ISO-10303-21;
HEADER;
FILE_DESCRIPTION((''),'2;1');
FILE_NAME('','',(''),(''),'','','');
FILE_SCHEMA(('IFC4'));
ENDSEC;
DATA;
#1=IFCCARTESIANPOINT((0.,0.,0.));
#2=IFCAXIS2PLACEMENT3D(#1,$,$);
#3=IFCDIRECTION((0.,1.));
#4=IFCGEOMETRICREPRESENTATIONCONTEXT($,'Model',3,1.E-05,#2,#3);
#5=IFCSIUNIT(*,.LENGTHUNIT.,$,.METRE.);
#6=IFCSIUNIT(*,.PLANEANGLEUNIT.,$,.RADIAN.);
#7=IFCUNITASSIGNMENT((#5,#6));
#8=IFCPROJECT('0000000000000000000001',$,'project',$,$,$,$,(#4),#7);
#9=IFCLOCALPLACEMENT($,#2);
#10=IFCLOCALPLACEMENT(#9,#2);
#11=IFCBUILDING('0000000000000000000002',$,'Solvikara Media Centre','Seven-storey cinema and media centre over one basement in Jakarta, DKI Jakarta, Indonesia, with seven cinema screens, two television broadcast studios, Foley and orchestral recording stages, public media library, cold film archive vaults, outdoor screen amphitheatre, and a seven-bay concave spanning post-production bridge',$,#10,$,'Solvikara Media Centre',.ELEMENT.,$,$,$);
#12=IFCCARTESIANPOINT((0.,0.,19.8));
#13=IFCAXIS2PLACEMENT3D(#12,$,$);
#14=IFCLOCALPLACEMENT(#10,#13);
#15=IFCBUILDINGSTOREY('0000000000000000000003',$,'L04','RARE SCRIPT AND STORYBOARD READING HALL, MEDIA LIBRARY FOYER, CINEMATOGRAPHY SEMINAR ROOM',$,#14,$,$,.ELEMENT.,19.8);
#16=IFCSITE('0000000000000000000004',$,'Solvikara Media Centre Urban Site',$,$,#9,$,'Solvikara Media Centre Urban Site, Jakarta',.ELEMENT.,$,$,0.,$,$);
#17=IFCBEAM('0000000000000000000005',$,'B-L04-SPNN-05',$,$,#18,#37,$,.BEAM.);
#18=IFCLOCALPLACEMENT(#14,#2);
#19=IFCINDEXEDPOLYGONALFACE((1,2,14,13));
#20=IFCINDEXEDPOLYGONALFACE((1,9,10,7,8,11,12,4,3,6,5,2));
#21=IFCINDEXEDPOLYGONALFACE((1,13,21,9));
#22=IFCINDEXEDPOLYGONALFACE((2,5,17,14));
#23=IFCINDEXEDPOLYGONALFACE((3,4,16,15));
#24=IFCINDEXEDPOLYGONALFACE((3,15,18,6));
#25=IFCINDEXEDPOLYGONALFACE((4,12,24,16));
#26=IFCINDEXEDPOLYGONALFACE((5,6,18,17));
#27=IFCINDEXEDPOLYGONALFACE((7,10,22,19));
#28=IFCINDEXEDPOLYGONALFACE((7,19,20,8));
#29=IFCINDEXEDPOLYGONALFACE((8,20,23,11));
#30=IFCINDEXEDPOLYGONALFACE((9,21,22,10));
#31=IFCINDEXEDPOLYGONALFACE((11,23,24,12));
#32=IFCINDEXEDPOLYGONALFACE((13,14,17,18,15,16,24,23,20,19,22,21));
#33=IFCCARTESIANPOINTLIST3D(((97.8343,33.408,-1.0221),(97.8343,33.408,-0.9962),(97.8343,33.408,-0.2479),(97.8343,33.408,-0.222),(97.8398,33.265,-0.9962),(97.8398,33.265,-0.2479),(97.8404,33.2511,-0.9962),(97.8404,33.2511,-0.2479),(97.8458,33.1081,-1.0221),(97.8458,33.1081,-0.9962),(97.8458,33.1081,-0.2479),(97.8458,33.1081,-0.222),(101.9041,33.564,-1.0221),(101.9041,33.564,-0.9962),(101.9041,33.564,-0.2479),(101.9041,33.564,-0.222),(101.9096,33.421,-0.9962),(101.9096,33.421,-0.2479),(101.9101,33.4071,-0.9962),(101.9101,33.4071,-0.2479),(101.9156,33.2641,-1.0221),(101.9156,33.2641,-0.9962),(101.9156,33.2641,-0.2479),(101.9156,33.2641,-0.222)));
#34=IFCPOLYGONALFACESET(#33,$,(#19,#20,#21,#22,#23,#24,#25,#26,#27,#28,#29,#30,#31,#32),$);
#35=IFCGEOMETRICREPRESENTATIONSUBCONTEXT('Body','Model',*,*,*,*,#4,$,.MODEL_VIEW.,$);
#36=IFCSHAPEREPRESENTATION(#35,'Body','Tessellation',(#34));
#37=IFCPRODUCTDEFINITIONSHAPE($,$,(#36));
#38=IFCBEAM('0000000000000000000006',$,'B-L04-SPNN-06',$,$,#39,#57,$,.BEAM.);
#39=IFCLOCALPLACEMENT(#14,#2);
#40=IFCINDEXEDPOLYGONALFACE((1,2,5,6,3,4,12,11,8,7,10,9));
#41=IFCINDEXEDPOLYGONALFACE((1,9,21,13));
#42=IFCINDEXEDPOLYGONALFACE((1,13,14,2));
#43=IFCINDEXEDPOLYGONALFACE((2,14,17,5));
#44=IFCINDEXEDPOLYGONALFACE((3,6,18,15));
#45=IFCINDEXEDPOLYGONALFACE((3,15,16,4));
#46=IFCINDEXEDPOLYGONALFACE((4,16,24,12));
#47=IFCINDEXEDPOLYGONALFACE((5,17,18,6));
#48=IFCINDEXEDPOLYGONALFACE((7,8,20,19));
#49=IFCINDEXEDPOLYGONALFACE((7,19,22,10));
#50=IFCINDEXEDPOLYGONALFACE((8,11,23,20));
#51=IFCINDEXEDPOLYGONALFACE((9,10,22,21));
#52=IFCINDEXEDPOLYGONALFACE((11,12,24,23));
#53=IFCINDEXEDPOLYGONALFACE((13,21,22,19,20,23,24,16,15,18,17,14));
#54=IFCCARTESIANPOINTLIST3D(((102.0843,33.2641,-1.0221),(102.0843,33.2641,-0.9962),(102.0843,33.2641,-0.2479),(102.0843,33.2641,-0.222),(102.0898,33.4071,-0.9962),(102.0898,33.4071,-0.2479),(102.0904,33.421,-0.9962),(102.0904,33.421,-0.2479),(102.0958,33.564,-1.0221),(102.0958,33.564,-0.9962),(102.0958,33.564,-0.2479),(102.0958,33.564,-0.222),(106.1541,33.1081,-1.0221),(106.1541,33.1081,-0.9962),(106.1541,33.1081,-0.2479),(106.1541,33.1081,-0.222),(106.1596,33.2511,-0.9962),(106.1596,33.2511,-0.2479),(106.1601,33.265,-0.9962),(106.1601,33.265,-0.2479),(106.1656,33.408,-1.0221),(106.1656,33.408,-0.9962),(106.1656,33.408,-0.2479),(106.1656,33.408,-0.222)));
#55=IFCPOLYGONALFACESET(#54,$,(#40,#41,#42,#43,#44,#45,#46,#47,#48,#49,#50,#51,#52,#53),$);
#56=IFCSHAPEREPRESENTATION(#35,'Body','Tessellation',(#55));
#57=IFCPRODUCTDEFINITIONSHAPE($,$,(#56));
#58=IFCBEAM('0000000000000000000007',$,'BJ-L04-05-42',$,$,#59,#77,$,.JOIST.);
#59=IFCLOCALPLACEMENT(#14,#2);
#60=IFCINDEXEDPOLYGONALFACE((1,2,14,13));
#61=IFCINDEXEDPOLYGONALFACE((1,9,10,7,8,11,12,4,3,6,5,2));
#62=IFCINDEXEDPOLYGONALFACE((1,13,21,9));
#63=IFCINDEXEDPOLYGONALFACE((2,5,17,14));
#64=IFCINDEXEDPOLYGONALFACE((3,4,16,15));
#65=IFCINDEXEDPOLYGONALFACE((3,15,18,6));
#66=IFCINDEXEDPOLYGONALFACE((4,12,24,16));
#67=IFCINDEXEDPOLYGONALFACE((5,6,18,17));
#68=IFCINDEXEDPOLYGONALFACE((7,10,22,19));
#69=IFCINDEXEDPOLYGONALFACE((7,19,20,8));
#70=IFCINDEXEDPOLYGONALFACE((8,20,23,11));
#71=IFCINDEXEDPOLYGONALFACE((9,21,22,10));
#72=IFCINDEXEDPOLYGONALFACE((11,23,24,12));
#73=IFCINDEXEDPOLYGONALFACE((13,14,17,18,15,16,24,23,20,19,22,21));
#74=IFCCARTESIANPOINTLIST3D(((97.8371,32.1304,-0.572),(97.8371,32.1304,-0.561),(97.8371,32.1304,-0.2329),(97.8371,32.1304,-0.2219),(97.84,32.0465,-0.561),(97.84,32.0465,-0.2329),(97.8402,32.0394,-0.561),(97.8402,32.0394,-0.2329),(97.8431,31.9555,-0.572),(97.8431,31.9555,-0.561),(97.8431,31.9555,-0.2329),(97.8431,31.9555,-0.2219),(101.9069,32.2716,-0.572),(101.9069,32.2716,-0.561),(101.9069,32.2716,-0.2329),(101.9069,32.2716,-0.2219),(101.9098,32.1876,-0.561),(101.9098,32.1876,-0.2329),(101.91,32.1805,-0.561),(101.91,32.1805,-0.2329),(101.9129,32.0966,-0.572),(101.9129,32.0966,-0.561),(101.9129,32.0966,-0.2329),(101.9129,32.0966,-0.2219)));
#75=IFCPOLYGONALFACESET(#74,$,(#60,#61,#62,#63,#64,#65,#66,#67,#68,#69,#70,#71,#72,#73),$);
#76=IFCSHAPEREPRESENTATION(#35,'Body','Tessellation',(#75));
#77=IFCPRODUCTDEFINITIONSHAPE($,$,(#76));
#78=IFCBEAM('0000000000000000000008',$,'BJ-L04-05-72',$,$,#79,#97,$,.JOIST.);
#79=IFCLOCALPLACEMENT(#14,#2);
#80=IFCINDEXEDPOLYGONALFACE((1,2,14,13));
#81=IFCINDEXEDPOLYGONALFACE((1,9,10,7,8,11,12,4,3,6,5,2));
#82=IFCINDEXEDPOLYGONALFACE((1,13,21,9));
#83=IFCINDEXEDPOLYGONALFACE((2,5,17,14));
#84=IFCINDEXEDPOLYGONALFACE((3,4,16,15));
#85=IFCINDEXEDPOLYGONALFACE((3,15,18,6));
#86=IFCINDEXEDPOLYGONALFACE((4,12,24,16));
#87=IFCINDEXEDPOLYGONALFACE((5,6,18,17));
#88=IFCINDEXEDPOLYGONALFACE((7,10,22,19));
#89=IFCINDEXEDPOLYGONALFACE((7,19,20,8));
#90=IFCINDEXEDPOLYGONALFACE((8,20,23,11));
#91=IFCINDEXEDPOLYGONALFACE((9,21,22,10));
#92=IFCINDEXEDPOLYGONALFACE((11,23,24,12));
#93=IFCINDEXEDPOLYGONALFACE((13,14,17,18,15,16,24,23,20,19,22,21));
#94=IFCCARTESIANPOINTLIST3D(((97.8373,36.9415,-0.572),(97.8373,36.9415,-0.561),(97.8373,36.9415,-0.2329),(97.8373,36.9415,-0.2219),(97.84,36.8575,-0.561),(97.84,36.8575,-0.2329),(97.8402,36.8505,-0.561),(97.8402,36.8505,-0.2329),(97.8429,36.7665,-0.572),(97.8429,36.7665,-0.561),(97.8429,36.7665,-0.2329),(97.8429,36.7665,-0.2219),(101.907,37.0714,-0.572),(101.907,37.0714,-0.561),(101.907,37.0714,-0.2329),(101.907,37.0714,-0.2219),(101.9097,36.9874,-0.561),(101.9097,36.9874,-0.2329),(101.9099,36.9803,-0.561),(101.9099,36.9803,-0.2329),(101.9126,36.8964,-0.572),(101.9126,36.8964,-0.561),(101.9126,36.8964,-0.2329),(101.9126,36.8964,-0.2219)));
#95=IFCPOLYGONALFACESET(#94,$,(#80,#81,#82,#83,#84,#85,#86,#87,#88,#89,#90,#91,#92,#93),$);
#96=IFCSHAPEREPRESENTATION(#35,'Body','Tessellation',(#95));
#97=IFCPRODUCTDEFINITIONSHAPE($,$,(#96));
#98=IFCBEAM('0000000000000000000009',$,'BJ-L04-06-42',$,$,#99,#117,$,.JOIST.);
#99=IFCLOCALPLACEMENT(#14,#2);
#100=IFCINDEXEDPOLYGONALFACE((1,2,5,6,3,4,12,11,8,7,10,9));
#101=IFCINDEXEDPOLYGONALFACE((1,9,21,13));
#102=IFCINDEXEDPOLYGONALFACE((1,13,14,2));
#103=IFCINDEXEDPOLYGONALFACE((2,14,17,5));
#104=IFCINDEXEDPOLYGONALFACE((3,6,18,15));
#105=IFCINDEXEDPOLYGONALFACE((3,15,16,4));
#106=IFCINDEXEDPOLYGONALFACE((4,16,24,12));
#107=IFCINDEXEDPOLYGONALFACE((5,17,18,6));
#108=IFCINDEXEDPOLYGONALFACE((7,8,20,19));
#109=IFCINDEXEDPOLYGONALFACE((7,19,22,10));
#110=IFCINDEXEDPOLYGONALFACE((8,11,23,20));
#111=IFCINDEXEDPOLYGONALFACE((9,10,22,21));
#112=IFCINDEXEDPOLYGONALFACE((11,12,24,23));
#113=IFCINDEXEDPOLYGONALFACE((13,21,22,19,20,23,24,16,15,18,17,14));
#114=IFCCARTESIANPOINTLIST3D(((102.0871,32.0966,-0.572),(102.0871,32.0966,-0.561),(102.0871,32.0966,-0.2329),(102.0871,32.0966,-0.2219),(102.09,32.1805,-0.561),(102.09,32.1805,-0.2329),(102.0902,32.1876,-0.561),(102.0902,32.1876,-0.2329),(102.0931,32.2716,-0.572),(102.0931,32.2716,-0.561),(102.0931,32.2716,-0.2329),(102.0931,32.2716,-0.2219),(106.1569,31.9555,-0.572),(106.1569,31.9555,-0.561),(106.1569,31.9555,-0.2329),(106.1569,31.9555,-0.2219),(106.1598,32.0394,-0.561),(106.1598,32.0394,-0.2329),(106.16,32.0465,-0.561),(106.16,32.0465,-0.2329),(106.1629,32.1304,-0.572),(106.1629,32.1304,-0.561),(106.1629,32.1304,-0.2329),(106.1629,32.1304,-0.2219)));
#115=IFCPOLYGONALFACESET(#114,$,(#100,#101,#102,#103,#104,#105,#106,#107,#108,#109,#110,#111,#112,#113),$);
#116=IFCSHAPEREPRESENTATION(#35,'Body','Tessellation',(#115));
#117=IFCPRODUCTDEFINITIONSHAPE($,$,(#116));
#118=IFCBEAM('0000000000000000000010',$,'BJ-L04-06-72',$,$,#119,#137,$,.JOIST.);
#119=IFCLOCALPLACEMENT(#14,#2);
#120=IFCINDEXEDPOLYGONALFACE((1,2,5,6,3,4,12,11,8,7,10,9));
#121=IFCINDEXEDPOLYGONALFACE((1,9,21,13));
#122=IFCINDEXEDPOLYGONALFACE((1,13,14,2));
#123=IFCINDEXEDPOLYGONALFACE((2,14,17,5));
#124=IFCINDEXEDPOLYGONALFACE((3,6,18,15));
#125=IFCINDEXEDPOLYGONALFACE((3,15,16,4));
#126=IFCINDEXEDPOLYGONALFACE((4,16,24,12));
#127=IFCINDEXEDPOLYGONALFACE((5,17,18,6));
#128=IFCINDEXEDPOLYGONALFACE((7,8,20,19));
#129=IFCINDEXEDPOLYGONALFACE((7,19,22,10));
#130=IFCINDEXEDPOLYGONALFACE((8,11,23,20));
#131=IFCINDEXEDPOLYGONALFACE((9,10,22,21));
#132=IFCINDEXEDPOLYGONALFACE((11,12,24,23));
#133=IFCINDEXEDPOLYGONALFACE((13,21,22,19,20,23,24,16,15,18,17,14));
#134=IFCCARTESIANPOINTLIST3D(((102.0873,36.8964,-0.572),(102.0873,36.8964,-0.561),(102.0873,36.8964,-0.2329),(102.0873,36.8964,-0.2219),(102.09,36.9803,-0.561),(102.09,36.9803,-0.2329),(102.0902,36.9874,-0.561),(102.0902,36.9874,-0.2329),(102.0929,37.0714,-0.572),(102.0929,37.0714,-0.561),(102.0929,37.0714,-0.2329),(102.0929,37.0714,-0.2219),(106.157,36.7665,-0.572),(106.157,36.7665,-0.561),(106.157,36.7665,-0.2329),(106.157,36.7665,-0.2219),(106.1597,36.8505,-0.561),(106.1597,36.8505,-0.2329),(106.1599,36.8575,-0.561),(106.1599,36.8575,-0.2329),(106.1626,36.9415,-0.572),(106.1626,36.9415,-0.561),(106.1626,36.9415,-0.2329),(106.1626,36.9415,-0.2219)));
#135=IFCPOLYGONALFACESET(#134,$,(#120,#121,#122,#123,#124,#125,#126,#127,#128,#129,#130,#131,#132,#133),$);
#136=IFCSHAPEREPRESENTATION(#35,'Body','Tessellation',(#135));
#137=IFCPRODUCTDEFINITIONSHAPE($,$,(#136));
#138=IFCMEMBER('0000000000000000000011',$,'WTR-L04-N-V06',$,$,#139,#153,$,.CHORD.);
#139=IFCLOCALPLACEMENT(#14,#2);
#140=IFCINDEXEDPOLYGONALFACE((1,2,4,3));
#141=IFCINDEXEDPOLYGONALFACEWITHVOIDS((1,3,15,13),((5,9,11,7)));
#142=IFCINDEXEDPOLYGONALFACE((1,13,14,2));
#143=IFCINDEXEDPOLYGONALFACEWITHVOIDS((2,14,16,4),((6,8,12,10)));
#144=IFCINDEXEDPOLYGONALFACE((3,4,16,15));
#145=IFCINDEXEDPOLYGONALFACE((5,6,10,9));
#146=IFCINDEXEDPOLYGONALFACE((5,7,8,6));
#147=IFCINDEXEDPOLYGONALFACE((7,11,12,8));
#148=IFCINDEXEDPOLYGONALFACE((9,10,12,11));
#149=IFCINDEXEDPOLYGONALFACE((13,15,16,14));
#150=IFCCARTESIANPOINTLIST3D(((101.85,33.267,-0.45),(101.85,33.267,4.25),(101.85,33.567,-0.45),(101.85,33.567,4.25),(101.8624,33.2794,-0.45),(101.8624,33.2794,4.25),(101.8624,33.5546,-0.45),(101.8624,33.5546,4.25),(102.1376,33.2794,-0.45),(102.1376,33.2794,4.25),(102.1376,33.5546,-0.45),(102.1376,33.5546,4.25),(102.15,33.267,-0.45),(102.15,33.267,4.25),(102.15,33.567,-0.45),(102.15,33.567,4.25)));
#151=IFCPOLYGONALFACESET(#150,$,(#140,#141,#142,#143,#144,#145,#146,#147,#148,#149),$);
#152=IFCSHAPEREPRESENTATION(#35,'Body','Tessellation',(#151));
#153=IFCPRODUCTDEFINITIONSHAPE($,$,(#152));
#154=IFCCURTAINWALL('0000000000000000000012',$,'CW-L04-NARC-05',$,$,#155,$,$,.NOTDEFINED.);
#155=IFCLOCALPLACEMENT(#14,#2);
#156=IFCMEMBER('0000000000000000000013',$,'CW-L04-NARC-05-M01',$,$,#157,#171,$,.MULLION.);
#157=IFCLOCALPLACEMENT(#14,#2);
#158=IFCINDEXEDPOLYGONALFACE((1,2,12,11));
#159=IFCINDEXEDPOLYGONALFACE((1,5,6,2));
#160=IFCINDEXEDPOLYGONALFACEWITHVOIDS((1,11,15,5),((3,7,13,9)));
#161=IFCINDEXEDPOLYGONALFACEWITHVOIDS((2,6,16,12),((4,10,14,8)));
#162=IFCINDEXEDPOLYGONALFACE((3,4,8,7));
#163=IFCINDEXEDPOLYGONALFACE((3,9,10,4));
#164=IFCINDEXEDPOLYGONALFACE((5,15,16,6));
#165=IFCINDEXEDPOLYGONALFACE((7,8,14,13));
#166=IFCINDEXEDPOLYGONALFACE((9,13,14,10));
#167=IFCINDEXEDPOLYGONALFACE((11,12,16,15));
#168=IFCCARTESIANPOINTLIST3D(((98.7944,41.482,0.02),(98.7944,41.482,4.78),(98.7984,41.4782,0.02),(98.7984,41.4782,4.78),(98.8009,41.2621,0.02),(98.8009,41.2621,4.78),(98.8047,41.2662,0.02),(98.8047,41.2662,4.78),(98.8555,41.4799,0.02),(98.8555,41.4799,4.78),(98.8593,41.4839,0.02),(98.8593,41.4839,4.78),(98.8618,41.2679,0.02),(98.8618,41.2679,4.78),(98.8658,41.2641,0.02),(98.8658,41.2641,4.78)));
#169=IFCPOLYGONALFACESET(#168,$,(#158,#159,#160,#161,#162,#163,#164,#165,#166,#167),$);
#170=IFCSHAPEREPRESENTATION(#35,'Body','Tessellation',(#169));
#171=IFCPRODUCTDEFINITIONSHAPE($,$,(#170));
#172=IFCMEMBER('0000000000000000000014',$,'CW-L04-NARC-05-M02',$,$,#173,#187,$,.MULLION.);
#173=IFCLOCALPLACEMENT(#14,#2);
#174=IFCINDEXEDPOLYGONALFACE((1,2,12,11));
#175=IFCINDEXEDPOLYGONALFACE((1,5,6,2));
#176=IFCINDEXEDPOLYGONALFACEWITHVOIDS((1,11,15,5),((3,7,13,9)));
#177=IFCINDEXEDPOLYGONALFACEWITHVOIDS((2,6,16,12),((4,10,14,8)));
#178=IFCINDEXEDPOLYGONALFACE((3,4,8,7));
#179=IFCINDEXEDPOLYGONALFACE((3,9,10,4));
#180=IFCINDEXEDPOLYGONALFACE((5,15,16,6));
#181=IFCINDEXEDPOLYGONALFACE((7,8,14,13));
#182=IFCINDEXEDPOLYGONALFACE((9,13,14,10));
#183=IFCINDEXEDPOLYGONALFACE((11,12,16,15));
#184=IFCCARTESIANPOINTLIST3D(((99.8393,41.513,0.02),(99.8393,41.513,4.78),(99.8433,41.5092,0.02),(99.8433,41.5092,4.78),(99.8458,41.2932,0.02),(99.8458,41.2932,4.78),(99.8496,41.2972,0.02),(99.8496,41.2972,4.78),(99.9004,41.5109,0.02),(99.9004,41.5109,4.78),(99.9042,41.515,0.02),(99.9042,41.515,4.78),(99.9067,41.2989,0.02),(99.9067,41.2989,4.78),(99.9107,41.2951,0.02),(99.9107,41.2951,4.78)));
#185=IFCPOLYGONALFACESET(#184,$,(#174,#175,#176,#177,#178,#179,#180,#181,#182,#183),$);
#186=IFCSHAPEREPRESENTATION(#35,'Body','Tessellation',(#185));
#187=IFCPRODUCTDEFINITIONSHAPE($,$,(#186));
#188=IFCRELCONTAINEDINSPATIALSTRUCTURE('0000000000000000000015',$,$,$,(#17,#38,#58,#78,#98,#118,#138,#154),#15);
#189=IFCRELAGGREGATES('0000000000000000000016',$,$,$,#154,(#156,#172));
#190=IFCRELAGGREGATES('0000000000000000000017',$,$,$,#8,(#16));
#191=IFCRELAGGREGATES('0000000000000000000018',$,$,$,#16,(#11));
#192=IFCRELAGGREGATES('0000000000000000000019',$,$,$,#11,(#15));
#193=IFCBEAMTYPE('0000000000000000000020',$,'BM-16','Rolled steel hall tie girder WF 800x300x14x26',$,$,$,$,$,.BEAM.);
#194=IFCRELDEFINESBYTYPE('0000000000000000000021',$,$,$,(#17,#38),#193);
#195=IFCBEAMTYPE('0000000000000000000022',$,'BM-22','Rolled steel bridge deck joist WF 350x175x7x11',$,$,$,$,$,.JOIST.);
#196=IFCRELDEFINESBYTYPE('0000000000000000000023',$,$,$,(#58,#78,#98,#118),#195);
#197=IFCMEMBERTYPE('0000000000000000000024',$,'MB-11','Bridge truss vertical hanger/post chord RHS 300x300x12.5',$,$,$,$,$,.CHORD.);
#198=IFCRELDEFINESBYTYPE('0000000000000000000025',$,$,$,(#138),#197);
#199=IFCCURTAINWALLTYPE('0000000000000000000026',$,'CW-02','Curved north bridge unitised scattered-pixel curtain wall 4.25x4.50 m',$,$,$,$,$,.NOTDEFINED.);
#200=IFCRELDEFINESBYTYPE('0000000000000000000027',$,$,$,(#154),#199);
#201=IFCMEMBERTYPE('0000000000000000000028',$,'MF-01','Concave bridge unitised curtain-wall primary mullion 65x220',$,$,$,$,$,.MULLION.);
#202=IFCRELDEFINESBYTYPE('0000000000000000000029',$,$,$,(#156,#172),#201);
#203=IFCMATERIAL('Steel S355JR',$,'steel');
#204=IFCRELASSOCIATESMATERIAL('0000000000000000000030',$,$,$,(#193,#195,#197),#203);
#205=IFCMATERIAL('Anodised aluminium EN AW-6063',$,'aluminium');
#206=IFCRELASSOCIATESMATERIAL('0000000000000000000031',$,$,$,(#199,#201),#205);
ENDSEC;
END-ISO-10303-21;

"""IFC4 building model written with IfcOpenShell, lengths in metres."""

from ifc_helpers import new_model, si_unit, direction, frame, origin, origin_2d, place, context, subcontext, project, spatial, hollow_rectangle, i_section, extrude, material, material_profile, profile_set, type_object, element, aggregate, save


model = new_model("IFC4")

# Units and contexts
model_context = context("Model", 3, precision=1e-05, world=origin(), true_north=direction((0.0, 1.0)))
body_context = subcontext(model_context, "Body", "Model", "MODEL_VIEW")
ifc_project = project(units=[si_unit("LENGTHUNIT", "METRE"), si_unit("PLANEANGLEUNIT", "RADIAN")], contexts=[model_context])

# Site, building, storey
site_placement = place(None, origin())
site = spatial("IfcSite", under=ifc_project, at=site_placement, Name="Solvikara Media Centre Urban Site", LongName="Solvikara Media Centre Urban Site, Jakarta", CompositionType="ELEMENT", RefElevation=0.0)
building_placement = place(site_placement, origin())
building = spatial("IfcBuilding", under=site, at=building_placement, Name="Solvikara Media Centre", Description="Seven-storey cinema and media centre over one basement in Jakarta, DKI Jakarta, Indonesia, with seven cinema screens, two television broadcast studios, Foley and orchestral recording stages, public media library, cold film archive vaults, outdoor screen amphitheatre, and a seven-bay concave spanning post-production bridge", LongName="Solvikara Media Centre", CompositionType="ELEMENT")
storey_placement = place(building_placement, frame((0.0, 0.0, 19.8)))
storey = spatial("IfcBuildingStorey", under=building, at=storey_placement, Name="L04", Description="RARE SCRIPT AND STORYBOARD READING HALL, MEDIA LIBRARY FOYER, CINEMATOGRAPHY SEMINAR ROOM", CompositionType="ELEMENT", Elevation=19.8)

# Beams
ifc_material_1 = material(Name="Steel S355JR", Category="steel")
ifc_material_profile_1 = material_profile(ifc_material_1, i_section(OverallWidth=0.3, OverallDepth=0.8, WebThickness=0.0139, FlangeThickness=0.0259, at=origin_2d()), Name="WF 800x300x14x26")
ifc_profile_set_1 = profile_set([ifc_material_profile_1], Name="Steel S355JR")
beam_type_1 = type_object("IfcBeamType", Name="BM-16", Description="Rolled steel hall tie girder WF 800x300x14x26", PredefinedType="BEAM", material=ifc_profile_set_1)
for number, where, z_axis, x_axis, name in (
    (1, (97.8401, 33.2581, -0.6221), (0.999266, 0.038304, 0.0), (-0.038304, 0.999266, 0.0), "B-L04-SPNN-05"),
    (2, (102.0901, 33.4141, -0.6221), (0.999266, -0.038304, 0.0), (0.038304, 0.999266, 0.0), "B-L04-SPNN-06"),
):
    element("IfcBeam", number, at=place(storey_placement, frame(where, z_axis=z_axis, x_axis=x_axis)), inside=storey, type_object=beam_type_1, Name=name, PredefinedType="BEAM", context=body_context, shape_type="SweptSolid", body=[
        extrude(i_section(OverallWidth=0.3, OverallDepth=0.8, WebThickness=0.0139, FlangeThickness=0.0259, at=origin_2d()), origin(), (0.0, 0.0, 1.0), 4.0728),
    ])
ifc_material_profile_2 = material_profile(ifc_material_1, i_section(OverallWidth=0.175, OverallDepth=0.3501, WebThickness=0.0071, FlangeThickness=0.011, at=origin_2d()), Name="WF 350x175x7x11")
ifc_profile_set_2 = profile_set([ifc_material_profile_2], Name="Steel S355JR")
beam_type_2 = type_object("IfcBeamType", Name="BM-22", Description="Rolled steel bridge deck joist WF 350x175x7x11", PredefinedType="JOIST", material=ifc_profile_set_2)
beam_1_placement = place(storey_placement, frame((97.8401, 32.043, -0.397), z_axis=(0.999399, 0.034652, 0.0), x_axis=(-0.034652, 0.999399, 0.0)))
element("IfcBeam", 3, at=beam_1_placement, inside=storey, type_object=beam_type_2, Name="BJ-L04-05-42", PredefinedType="JOIST", context=body_context, shape_type="SweptSolid", body=[
    extrude(i_section(OverallWidth=0.175, OverallDepth=0.3501, WebThickness=0.0071, FlangeThickness=0.011, at=origin_2d()), origin(), (0.0, 0.0, 1.0), 4.0723),
])
beam_2_placement = place(storey_placement, frame((97.8401, 36.854, -0.397), z_axis=(0.999491, 0.031897, 0.0), x_axis=(-0.031897, 0.999491, 0.0)))
element("IfcBeam", 4, at=beam_2_placement, inside=storey, type_object=beam_type_2, Name="BJ-L04-05-72", PredefinedType="JOIST", context=body_context, shape_type="SweptSolid", body=[
    extrude(i_section(OverallWidth=0.175, OverallDepth=0.3501, WebThickness=0.0071, FlangeThickness=0.011, at=origin_2d()), origin(), (0.0, 0.0, 1.0), 4.0718),
])
beam_3_placement = place(storey_placement, frame((102.0901, 32.1841, -0.397), z_axis=(0.999399, -0.034652, 0.0), x_axis=(0.034652, 0.999399, 0.0)))
element("IfcBeam", 5, at=beam_3_placement, inside=storey, type_object=beam_type_2, Name="BJ-L04-06-42", PredefinedType="JOIST", context=body_context, shape_type="SweptSolid", body=[
    extrude(i_section(OverallWidth=0.175, OverallDepth=0.3501, WebThickness=0.0071, FlangeThickness=0.011, at=origin_2d()), origin(), (0.0, 0.0, 1.0), 4.0723),
])
beam_4_placement = place(storey_placement, frame((102.0901, 36.9839, -0.397), z_axis=(0.999491, -0.031897, 0.0), x_axis=(0.031897, 0.999491, 0.0)))
element("IfcBeam", 6, at=beam_4_placement, inside=storey, type_object=beam_type_2, Name="BJ-L04-06-72", PredefinedType="JOIST", context=body_context, shape_type="SweptSolid", body=[
    extrude(i_section(OverallWidth=0.175, OverallDepth=0.3501, WebThickness=0.0071, FlangeThickness=0.011, at=origin_2d()), origin(), (0.0, 0.0, 1.0), 4.0718),
])

# Member
ifc_material_profile_3 = material_profile(ifc_material_1, hollow_rectangle(XDim=0.3, YDim=0.3, WallThickness=0.0125, at=origin_2d()), Name="RHS 300x300x12.5")
ifc_profile_set_3 = profile_set([ifc_material_profile_3], Name="Steel S355JR")
member_type_1 = type_object("IfcMemberType", Name="MB-11", Description="Bridge truss vertical hanger/post chord RHS 300x300x12.5", PredefinedType="CHORD", material=ifc_profile_set_3)
member_1_placement = place(storey_placement, frame((102.0, 33.417, -0.45), z_axis=(0.0, 0.0, 1.0), x_axis=(1.0, 0.0, 0.0)))
element("IfcMember", 7, at=member_1_placement, inside=storey, type_object=member_type_1, Name="WTR-L04-N-V06", PredefinedType="CHORD", context=body_context, shape_type="SweptSolid", body=[
    extrude(hollow_rectangle(XDim=0.3, YDim=0.3, WallThickness=0.0125, at=origin_2d()), origin(), (0.0, 0.0, 1.0), 4.7),
])

# Curtain wall, members
ifc_material_2 = material(Name="Anodised aluminium EN AW-6063", Category="aluminium")
curtain_wall_type = type_object("IfcCurtainWallType", Name="CW-02", Description="Curved north bridge unitised scattered-pixel curtain wall 4.25x4.50 m", PredefinedType="NOTDEFINED", material=ifc_material_2)
curtain_wall_1_placement = place(storey_placement, origin())
curtain_wall_1 = element("IfcCurtainWall", 8, at=curtain_wall_1_placement, inside=storey, type_object=curtain_wall_type, Name="CW-L04-NARC-05", PredefinedType="NOTDEFINED")
ifc_material_profile_4 = material_profile(ifc_material_2, hollow_rectangle(XDim=0.0649, YDim=0.22, WallThickness=0.0039, at=origin_2d()), Name="ALU-M 65x220x4")
ifc_profile_set_4 = profile_set([ifc_material_profile_4], Name="Anodised aluminium EN AW-6063")
member_type_2 = type_object("IfcMemberType", Name="MF-01", Description="Concave bridge unitised curtain-wall primary mullion 65x220", PredefinedType="MULLION", material=ifc_profile_set_4)
member_2_placement = place(storey_placement, frame((98.8301, 41.373, 0.02), z_axis=(0.0, 0.0, 1.0), x_axis=(0.99956, 0.029649, 0.0)))
member_2 = element("IfcMember", 9, at=member_2_placement, type_object=member_type_2, Name="CW-L04-NARC-05-M01", PredefinedType="MULLION", context=body_context, shape_type="SweptSolid", body=[
    extrude(hollow_rectangle(XDim=0.0649, YDim=0.22, WallThickness=0.0039, at=origin_2d()), origin(), (0.0, 0.0, 1.0), 4.76),
])
member_3_placement = place(storey_placement, frame((99.875, 41.4041, 0.02), z_axis=(0.0, 0.0, 1.0), x_axis=(0.99956, 0.029649, 0.0)))
member_3 = element("IfcMember", 10, at=member_3_placement, type_object=member_type_2, Name="CW-L04-NARC-05-M02", PredefinedType="MULLION", context=body_context, shape_type="SweptSolid", body=[
    extrude(hollow_rectangle(XDim=0.0649, YDim=0.22, WallThickness=0.0039, at=origin_2d()), origin(), (0.0, 0.0, 1.0), 4.76),
])

aggregate(curtain_wall_1, [member_2, member_3])

save(model, "model.ifc")
